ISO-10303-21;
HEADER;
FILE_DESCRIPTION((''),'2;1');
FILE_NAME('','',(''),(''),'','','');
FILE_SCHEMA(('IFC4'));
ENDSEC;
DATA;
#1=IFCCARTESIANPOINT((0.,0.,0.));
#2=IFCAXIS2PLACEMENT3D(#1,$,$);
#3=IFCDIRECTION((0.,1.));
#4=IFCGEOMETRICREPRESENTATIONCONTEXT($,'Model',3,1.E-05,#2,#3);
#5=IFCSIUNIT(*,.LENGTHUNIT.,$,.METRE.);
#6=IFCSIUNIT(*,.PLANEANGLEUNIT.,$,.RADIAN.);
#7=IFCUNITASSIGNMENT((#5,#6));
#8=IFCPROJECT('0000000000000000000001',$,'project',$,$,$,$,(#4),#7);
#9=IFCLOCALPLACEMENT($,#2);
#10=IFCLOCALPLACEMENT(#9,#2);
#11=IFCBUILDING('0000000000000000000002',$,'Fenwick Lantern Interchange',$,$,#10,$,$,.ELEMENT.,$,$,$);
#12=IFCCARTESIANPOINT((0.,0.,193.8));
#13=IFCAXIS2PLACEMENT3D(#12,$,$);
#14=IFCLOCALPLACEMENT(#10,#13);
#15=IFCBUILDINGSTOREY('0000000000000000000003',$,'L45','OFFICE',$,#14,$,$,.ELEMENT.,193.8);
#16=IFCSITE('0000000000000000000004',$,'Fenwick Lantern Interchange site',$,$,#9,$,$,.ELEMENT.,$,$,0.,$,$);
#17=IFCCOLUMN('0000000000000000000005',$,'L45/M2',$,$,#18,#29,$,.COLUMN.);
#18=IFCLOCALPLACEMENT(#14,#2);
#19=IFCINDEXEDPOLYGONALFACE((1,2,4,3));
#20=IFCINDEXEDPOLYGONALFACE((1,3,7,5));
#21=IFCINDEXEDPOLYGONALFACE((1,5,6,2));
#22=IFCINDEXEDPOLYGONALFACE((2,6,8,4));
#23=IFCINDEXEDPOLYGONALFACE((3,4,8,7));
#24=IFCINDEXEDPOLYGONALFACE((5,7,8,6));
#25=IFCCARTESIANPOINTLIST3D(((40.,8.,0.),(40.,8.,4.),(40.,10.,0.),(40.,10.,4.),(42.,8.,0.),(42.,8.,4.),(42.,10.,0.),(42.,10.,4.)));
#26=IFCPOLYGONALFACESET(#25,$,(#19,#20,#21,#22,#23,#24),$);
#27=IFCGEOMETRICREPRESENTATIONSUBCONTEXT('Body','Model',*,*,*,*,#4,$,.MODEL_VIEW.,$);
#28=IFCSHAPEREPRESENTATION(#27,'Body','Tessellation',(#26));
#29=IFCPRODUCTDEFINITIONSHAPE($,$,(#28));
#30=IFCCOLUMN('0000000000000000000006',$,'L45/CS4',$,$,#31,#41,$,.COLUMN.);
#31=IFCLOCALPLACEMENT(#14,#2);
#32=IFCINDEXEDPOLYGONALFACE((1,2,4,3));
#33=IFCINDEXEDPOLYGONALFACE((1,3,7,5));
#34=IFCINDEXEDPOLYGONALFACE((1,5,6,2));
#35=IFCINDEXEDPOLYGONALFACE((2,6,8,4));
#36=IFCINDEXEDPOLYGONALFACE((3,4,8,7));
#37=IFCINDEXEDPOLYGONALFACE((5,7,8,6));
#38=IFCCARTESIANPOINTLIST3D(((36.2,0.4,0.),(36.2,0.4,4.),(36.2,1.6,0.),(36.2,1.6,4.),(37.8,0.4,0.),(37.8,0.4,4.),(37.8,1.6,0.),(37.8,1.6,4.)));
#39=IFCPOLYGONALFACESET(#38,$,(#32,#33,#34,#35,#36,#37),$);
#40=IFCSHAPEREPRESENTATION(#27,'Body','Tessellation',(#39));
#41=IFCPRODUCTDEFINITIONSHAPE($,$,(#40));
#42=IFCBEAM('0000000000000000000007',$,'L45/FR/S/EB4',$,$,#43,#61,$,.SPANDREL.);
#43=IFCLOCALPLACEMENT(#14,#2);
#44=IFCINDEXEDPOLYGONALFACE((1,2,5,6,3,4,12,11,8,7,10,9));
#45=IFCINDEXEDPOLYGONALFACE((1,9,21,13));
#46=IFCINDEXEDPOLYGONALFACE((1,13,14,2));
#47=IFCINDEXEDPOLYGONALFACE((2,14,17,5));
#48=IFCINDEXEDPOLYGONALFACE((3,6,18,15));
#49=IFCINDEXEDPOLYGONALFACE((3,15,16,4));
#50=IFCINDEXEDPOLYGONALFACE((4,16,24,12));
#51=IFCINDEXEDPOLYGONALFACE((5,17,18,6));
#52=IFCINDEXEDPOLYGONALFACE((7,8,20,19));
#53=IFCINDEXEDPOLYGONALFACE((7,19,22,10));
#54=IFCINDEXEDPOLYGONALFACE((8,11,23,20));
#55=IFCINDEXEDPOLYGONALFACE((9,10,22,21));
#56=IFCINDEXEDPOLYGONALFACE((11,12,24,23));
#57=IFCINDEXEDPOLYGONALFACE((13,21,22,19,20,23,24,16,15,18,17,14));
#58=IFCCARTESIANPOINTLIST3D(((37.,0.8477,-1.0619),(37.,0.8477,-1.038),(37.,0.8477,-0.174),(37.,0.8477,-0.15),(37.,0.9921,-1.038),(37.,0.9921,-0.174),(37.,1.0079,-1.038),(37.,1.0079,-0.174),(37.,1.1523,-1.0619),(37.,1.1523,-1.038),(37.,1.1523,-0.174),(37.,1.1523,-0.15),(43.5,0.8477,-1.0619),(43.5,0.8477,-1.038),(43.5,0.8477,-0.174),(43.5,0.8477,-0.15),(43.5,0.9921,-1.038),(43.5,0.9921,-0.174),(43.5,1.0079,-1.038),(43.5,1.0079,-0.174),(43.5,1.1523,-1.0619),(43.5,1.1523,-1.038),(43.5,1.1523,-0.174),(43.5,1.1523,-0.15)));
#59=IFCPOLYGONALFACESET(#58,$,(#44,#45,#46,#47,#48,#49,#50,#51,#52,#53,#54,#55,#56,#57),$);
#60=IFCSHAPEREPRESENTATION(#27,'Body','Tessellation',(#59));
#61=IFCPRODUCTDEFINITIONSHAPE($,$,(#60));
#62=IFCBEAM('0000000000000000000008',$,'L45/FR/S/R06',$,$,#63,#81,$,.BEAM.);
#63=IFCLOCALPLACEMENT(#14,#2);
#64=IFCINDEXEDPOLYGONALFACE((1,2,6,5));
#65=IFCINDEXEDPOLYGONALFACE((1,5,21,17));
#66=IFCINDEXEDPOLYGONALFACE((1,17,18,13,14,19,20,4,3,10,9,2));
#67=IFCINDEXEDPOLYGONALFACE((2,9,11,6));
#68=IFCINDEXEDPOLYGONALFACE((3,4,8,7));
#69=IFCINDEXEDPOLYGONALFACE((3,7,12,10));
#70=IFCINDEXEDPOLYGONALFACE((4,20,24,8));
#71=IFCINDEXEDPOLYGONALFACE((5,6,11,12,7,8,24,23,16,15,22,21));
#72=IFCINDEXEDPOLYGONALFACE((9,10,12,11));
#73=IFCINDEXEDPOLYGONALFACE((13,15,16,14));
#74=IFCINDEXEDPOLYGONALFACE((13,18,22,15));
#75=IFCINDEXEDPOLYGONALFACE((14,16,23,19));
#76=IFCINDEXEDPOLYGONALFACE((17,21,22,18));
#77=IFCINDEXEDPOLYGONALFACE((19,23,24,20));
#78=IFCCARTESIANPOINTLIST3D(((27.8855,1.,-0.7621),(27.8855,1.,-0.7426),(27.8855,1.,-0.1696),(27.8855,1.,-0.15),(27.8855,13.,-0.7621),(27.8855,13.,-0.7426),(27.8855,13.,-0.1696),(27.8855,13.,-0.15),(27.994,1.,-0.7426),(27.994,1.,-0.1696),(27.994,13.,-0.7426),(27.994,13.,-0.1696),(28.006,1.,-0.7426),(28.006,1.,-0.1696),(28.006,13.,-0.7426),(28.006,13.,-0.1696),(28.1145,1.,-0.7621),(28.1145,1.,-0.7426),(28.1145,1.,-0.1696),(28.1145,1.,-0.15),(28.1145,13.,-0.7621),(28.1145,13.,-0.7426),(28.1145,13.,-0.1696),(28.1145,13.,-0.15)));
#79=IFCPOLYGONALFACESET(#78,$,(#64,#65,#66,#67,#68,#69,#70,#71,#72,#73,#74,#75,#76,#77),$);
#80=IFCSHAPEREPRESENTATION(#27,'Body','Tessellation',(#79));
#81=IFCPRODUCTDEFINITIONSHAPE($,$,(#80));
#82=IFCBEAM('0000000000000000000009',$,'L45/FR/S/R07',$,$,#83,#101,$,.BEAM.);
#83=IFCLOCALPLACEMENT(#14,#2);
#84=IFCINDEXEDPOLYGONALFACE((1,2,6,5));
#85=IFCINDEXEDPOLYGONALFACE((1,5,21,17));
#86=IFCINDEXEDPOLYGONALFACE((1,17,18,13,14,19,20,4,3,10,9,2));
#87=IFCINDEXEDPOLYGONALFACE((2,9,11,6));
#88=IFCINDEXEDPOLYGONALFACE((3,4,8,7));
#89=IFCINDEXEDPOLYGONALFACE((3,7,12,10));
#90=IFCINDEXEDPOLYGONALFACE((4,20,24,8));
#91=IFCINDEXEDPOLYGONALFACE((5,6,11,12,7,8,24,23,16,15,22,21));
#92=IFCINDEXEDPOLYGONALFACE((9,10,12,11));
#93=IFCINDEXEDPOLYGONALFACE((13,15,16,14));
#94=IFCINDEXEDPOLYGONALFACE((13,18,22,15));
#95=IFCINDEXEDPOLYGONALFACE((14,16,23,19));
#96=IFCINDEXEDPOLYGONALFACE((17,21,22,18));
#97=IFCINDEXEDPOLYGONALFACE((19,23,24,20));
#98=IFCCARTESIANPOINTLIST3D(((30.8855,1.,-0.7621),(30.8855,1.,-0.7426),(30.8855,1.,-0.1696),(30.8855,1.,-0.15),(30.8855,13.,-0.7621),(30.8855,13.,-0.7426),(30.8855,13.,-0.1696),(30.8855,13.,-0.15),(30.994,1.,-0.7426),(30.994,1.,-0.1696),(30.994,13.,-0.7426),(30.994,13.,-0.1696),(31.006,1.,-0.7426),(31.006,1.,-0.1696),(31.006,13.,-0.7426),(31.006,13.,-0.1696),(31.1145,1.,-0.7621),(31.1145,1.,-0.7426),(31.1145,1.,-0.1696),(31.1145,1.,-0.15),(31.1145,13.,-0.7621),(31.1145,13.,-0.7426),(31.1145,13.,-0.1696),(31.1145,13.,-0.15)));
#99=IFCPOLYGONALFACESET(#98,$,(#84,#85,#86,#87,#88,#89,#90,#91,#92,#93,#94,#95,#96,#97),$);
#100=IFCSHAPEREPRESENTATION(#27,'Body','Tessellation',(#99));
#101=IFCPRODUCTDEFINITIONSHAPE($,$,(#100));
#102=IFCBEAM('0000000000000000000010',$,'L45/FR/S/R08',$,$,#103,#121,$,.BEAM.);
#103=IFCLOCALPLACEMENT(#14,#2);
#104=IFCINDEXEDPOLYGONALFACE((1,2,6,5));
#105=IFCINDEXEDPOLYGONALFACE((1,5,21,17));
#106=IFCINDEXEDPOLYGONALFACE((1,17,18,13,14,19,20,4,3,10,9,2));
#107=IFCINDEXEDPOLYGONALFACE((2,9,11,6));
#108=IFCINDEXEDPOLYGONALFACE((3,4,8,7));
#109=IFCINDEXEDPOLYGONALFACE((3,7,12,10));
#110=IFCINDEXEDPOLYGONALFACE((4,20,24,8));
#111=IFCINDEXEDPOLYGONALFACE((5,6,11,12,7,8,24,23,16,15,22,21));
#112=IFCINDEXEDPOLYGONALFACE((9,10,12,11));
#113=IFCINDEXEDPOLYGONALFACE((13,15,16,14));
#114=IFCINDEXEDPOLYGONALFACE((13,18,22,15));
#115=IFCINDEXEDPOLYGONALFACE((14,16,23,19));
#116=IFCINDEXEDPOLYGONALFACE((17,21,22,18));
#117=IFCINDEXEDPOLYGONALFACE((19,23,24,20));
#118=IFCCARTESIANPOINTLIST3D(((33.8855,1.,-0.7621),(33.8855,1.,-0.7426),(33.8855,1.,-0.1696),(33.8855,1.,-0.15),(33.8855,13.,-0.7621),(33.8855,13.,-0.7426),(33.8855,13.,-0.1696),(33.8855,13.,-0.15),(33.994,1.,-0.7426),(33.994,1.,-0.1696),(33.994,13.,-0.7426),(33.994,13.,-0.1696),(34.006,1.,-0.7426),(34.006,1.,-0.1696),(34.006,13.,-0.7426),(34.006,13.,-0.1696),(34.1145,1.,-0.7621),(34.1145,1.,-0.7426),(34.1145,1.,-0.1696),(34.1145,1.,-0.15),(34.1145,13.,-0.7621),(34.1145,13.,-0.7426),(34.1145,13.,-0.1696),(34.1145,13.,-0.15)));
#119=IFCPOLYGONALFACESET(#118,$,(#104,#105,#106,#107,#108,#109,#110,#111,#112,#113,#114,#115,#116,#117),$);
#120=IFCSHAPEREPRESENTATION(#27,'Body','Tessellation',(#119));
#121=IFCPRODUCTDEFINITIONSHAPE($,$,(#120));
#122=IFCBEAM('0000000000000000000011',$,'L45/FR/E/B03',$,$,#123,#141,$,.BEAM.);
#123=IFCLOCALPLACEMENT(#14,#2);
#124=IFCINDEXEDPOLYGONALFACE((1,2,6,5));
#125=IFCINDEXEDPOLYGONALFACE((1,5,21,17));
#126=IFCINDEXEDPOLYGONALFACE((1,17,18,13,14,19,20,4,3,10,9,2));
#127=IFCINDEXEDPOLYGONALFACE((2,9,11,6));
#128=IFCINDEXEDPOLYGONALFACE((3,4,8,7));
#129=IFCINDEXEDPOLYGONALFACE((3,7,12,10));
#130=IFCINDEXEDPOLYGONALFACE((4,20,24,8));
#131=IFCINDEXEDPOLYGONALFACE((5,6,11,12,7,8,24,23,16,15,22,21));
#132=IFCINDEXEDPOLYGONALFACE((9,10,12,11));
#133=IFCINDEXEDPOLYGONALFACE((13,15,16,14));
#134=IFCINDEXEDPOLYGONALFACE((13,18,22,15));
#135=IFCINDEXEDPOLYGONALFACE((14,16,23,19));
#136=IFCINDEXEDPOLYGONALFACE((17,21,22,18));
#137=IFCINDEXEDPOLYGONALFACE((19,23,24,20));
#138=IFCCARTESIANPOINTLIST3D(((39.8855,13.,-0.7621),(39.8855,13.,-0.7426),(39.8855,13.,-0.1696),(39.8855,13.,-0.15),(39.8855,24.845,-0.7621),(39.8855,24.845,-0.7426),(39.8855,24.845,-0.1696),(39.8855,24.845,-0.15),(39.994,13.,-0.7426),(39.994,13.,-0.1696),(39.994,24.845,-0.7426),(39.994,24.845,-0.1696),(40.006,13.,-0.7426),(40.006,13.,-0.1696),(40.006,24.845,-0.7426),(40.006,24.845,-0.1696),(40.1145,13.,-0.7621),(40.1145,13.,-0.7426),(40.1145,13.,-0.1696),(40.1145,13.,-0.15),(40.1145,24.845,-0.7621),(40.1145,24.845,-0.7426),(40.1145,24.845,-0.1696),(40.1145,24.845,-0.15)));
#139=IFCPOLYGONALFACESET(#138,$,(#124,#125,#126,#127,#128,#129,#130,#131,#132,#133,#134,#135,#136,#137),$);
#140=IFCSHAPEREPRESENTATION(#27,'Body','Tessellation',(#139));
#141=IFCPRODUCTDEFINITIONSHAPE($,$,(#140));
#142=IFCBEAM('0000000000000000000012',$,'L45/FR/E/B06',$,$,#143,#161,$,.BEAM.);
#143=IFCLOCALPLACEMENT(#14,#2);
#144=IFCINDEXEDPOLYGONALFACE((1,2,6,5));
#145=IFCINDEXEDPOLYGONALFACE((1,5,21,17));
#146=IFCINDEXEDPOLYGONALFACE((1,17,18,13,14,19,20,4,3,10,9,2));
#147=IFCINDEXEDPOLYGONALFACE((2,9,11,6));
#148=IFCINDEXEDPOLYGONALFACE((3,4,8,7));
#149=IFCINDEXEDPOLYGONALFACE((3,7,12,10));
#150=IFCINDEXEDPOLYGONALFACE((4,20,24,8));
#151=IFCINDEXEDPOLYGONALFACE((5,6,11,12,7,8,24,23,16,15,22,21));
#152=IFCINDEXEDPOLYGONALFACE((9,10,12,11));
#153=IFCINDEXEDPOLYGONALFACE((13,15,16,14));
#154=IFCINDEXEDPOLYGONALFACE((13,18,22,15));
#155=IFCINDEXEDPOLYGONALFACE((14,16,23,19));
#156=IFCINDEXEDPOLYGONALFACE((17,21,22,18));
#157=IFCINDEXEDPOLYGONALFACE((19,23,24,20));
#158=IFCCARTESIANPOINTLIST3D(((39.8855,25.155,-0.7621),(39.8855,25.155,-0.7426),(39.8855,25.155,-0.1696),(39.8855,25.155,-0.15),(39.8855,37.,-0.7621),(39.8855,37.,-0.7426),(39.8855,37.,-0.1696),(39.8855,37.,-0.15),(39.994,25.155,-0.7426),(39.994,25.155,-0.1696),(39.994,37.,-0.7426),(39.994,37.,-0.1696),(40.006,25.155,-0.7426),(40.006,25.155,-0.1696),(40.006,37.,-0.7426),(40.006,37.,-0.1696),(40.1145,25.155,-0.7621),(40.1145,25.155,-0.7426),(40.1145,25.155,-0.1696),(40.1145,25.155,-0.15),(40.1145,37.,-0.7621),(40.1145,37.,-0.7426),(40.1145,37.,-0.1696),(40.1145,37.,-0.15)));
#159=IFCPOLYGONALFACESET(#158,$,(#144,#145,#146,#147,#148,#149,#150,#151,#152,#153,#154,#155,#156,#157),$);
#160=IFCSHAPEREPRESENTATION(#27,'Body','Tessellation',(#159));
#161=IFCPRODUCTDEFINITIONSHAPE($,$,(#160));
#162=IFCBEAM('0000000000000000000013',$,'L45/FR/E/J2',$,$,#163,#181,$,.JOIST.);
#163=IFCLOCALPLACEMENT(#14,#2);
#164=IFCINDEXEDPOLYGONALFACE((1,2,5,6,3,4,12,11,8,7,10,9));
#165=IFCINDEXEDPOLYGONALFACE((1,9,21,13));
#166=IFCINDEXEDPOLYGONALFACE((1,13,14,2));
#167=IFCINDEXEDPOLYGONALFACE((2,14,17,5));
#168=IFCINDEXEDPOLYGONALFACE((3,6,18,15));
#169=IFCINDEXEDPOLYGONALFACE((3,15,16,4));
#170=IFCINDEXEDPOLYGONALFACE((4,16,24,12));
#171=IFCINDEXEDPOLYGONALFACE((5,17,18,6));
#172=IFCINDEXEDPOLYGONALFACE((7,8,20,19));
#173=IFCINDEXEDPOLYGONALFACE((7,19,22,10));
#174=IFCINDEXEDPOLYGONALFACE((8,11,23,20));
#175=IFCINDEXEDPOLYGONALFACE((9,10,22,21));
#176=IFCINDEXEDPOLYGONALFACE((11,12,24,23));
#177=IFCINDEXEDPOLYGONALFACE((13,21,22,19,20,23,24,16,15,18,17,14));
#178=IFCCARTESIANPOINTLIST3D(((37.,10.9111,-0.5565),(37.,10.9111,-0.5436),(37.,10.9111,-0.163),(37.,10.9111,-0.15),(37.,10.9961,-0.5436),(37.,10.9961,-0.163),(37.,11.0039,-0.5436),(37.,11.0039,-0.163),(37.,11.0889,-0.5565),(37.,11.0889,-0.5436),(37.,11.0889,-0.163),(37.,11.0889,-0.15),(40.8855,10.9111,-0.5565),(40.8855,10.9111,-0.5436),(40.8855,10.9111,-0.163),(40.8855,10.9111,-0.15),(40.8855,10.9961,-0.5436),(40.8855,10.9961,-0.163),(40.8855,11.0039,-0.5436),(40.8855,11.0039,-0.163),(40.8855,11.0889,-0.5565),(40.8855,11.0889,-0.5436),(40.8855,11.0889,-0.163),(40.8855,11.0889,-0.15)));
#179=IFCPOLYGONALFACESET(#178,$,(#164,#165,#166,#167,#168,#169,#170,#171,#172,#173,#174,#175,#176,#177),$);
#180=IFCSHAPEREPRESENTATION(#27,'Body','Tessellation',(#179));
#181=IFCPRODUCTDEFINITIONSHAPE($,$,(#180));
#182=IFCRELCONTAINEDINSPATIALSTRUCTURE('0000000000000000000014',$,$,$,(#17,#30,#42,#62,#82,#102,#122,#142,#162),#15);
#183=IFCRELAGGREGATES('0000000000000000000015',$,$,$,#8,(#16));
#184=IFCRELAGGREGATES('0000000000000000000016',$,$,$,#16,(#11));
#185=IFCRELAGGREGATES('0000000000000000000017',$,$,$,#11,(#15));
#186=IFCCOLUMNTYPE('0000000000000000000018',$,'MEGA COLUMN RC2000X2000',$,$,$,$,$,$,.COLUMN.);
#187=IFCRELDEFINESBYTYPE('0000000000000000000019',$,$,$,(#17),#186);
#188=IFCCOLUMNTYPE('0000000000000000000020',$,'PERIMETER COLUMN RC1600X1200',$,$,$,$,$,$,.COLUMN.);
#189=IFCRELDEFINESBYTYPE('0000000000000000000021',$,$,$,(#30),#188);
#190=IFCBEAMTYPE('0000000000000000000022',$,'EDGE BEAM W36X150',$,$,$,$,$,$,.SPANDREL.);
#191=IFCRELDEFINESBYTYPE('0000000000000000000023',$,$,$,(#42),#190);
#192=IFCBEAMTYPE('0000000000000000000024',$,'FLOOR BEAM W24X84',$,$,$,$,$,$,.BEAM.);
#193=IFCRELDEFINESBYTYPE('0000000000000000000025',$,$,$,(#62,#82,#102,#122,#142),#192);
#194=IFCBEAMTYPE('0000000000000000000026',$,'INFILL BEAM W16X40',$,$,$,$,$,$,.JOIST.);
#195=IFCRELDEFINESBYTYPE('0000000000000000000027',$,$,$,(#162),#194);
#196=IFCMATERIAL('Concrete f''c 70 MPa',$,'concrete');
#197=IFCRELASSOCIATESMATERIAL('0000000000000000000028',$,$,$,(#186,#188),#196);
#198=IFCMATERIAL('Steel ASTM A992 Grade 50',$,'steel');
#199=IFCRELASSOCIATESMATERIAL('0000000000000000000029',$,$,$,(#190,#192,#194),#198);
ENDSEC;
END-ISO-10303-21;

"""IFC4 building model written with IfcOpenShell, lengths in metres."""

from ifc_helpers import new_model, si_unit, direction, frame, origin, origin_2d, place, context, subcontext, project, spatial, rectangle, i_section, extrude, material, material_profile, profile_set, type_object, element, save


model = new_model("IFC4")

# Units and contexts
model_context = context("Model", 3, precision=1e-05, world=origin(), true_north=direction((0.0, 1.0)))
body_context = subcontext(model_context, "Body", "Model", "MODEL_VIEW")
ifc_project = project(units=[si_unit("LENGTHUNIT", "METRE"), si_unit("PLANEANGLEUNIT", "RADIAN")], contexts=[model_context])

# Site, building, storey
site_placement = place(None, origin())
site = spatial("IfcSite", under=ifc_project, at=site_placement, Name="Fenwick Lantern Interchange site", CompositionType="ELEMENT", RefElevation=0.0)
building_placement = place(site_placement, origin())
building = spatial("IfcBuilding", under=site, at=building_placement, Name="Fenwick Lantern Interchange", CompositionType="ELEMENT")
storey_placement = place(building_placement, frame((0.0, 0.0, 193.8)))
storey = spatial("IfcBuildingStorey", under=building, at=storey_placement, Name="L45", Description="OFFICE", CompositionType="ELEMENT", Elevation=193.8)

# Columns
ifc_material_1 = material(Name="Concrete f'c 70 MPa", Category="concrete")
ifc_material_profile_1 = material_profile(ifc_material_1, rectangle(XDim=2.0, YDim=2.0, at=origin_2d()), Name="RC2000X2000")
ifc_profile_set_1 = profile_set([ifc_material_profile_1], Name="Concrete f'c 70 MPa")
column_type_1 = type_object("IfcColumnType", Name="MEGA COLUMN RC2000X2000", PredefinedType="COLUMN", material=ifc_profile_set_1)
column_1_placement = place(storey_placement, frame((41.0, 9.0, 0.0), z_axis=(0.0, 0.0, 1.0), x_axis=(1.0, 0.0, 0.0)))
element("IfcColumn", 1, at=column_1_placement, inside=storey, type_object=column_type_1, Name="L45/M2", PredefinedType="COLUMN", context=body_context, shape_type="SweptSolid", body=[
    extrude(rectangle(XDim=2.0, YDim=2.0, at=origin_2d()), origin(), (0.0, 0.0, 1.0), 4.0),
])
ifc_material_profile_2 = material_profile(ifc_material_1, rectangle(XDim=1.6001, YDim=1.2, at=origin_2d()), Name="RC1600X1200")
ifc_profile_set_2 = profile_set([ifc_material_profile_2], Name="Concrete f'c 70 MPa")
column_type_2 = type_object("IfcColumnType", Name="PERIMETER COLUMN RC1600X1200", PredefinedType="COLUMN", material=ifc_profile_set_2)
column_2_placement = place(storey_placement, frame((37.0, 1.0, 0.0), z_axis=(0.0, 0.0, 1.0), x_axis=(1.0, 0.0, 0.0)))
element("IfcColumn", 2, at=column_2_placement, inside=storey, type_object=column_type_2, Name="L45/CS4", PredefinedType="COLUMN", context=body_context, shape_type="SweptSolid", body=[
    extrude(rectangle(XDim=1.6001, YDim=1.2, at=origin_2d()), origin(), (0.0, 0.0, 1.0), 4.0),
])

# Beams
ifc_material_2 = material(Name="Steel ASTM A992 Grade 50", Category="steel")
ifc_material_profile_3 = material_profile(ifc_material_2, i_section(OverallWidth=0.3047, OverallDepth=0.9119, WebThickness=0.0159, FlangeThickness=0.0239, at=origin_2d()), Name="W36X150")
ifc_profile_set_3 = profile_set([ifc_material_profile_3], Name="Steel ASTM A992 Grade 50")
beam_type_1 = type_object("IfcBeamType", Name="EDGE BEAM W36X150", PredefinedType="SPANDREL", material=ifc_profile_set_3)
beam_1_placement = place(storey_placement, frame((37.0, 1.0, -0.606), z_axis=(1.0, 0.0, 0.0), x_axis=(0.0, 1.0, 0.0)))
element("IfcBeam", 3, at=beam_1_placement, inside=storey, type_object=beam_type_1, Name="L45/FR/S/EB4", PredefinedType="SPANDREL", context=body_context, shape_type="SweptSolid", body=[
    extrude(i_section(OverallWidth=0.3047, OverallDepth=0.9119, WebThickness=0.0159, FlangeThickness=0.0239, at=origin_2d()), origin(), (0.0, 0.0, 1.0), 6.5),
])
ifc_material_profile_4 = material_profile(ifc_material_2, i_section(OverallWidth=0.229, OverallDepth=0.6121, WebThickness=0.012, FlangeThickness=0.0195, at=origin_2d()), Name="W24X84")
ifc_profile_set_4 = profile_set([ifc_material_profile_4], Name="Steel ASTM A992 Grade 50")
beam_type_2 = type_object("IfcBeamType", Name="FLOOR BEAM W24X84", PredefinedType="BEAM", material=ifc_profile_set_4)
for number, where, z_axis, x_axis, name in (
    (4, (28.0, 1.0, -0.4561), (0.0, 1.0, 0.0), (-1.0, 0.0, 0.0), "L45/FR/S/R06"),
    (5, (31.0, 1.0, -0.4561), (0.0, 1.0, 0.0), (-1.0, 0.0, 0.0), "L45/FR/S/R07"),
    (6, (34.0, 1.0, -0.4561), (0.0, 1.0, 0.0), (-1.0, 0.0, 0.0), "L45/FR/S/R08"),
):
    element("IfcBeam", number, at=place(storey_placement, frame(where, z_axis=z_axis, x_axis=x_axis)), inside=storey, type_object=beam_type_2, Name=name, PredefinedType="BEAM", context=body_context, shape_type="SweptSolid", body=[
        extrude(i_section(OverallWidth=0.229, OverallDepth=0.6121, WebThickness=0.012, FlangeThickness=0.0195, at=origin_2d()), origin(), (0.0, 0.0, 1.0), 12.0),
    ])
for number, where, z_axis, x_axis, name in (
    (7, (40.0, 13.0, -0.4561), (0.0, 1.0, 0.0), (-1.0, 0.0, 0.0), "L45/FR/E/B03"),
    (8, (40.0, 25.155, -0.4561), (0.0, 1.0, 0.0), (-1.0, 0.0, 0.0), "L45/FR/E/B06"),
):
    element("IfcBeam", number, at=place(storey_placement, frame(where, z_axis=z_axis, x_axis=x_axis)), inside=storey, type_object=beam_type_2, Name=name, PredefinedType="BEAM", context=body_context, shape_type="SweptSolid", body=[
        extrude(i_section(OverallWidth=0.229, OverallDepth=0.6121, WebThickness=0.012, FlangeThickness=0.0195, at=origin_2d()), origin(), (0.0, 0.0, 1.0), 11.845),
    ])
ifc_material_profile_5 = material_profile(ifc_material_2, i_section(OverallWidth=0.1777, OverallDepth=0.4065, WebThickness=0.0078, FlangeThickness=0.0129, at=origin_2d()), Name="W16X40")
ifc_profile_set_5 = profile_set([ifc_material_profile_5], Name="Steel ASTM A992 Grade 50")
beam_type_3 = type_object("IfcBeamType", Name="INFILL BEAM W16X40", PredefinedType="JOIST", material=ifc_profile_set_5)
beam_2_placement = place(storey_placement, frame((40.8855, 11.0, -0.3533), z_axis=(-1.0, 0.0, 0.0), x_axis=(0.0, -1.0, 0.0)))
element("IfcBeam", 9, at=beam_2_placement, inside=storey, type_object=beam_type_3, Name="L45/FR/E/J2", PredefinedType="JOIST", context=body_context, shape_type="SweptSolid", body=[
    extrude(i_section(OverallWidth=0.1777, OverallDepth=0.4065, WebThickness=0.0078, FlangeThickness=0.0129, at=origin_2d()), origin(), (0.0, 0.0, 1.0), 3.8855),
])

save(model, "model.ifc")
